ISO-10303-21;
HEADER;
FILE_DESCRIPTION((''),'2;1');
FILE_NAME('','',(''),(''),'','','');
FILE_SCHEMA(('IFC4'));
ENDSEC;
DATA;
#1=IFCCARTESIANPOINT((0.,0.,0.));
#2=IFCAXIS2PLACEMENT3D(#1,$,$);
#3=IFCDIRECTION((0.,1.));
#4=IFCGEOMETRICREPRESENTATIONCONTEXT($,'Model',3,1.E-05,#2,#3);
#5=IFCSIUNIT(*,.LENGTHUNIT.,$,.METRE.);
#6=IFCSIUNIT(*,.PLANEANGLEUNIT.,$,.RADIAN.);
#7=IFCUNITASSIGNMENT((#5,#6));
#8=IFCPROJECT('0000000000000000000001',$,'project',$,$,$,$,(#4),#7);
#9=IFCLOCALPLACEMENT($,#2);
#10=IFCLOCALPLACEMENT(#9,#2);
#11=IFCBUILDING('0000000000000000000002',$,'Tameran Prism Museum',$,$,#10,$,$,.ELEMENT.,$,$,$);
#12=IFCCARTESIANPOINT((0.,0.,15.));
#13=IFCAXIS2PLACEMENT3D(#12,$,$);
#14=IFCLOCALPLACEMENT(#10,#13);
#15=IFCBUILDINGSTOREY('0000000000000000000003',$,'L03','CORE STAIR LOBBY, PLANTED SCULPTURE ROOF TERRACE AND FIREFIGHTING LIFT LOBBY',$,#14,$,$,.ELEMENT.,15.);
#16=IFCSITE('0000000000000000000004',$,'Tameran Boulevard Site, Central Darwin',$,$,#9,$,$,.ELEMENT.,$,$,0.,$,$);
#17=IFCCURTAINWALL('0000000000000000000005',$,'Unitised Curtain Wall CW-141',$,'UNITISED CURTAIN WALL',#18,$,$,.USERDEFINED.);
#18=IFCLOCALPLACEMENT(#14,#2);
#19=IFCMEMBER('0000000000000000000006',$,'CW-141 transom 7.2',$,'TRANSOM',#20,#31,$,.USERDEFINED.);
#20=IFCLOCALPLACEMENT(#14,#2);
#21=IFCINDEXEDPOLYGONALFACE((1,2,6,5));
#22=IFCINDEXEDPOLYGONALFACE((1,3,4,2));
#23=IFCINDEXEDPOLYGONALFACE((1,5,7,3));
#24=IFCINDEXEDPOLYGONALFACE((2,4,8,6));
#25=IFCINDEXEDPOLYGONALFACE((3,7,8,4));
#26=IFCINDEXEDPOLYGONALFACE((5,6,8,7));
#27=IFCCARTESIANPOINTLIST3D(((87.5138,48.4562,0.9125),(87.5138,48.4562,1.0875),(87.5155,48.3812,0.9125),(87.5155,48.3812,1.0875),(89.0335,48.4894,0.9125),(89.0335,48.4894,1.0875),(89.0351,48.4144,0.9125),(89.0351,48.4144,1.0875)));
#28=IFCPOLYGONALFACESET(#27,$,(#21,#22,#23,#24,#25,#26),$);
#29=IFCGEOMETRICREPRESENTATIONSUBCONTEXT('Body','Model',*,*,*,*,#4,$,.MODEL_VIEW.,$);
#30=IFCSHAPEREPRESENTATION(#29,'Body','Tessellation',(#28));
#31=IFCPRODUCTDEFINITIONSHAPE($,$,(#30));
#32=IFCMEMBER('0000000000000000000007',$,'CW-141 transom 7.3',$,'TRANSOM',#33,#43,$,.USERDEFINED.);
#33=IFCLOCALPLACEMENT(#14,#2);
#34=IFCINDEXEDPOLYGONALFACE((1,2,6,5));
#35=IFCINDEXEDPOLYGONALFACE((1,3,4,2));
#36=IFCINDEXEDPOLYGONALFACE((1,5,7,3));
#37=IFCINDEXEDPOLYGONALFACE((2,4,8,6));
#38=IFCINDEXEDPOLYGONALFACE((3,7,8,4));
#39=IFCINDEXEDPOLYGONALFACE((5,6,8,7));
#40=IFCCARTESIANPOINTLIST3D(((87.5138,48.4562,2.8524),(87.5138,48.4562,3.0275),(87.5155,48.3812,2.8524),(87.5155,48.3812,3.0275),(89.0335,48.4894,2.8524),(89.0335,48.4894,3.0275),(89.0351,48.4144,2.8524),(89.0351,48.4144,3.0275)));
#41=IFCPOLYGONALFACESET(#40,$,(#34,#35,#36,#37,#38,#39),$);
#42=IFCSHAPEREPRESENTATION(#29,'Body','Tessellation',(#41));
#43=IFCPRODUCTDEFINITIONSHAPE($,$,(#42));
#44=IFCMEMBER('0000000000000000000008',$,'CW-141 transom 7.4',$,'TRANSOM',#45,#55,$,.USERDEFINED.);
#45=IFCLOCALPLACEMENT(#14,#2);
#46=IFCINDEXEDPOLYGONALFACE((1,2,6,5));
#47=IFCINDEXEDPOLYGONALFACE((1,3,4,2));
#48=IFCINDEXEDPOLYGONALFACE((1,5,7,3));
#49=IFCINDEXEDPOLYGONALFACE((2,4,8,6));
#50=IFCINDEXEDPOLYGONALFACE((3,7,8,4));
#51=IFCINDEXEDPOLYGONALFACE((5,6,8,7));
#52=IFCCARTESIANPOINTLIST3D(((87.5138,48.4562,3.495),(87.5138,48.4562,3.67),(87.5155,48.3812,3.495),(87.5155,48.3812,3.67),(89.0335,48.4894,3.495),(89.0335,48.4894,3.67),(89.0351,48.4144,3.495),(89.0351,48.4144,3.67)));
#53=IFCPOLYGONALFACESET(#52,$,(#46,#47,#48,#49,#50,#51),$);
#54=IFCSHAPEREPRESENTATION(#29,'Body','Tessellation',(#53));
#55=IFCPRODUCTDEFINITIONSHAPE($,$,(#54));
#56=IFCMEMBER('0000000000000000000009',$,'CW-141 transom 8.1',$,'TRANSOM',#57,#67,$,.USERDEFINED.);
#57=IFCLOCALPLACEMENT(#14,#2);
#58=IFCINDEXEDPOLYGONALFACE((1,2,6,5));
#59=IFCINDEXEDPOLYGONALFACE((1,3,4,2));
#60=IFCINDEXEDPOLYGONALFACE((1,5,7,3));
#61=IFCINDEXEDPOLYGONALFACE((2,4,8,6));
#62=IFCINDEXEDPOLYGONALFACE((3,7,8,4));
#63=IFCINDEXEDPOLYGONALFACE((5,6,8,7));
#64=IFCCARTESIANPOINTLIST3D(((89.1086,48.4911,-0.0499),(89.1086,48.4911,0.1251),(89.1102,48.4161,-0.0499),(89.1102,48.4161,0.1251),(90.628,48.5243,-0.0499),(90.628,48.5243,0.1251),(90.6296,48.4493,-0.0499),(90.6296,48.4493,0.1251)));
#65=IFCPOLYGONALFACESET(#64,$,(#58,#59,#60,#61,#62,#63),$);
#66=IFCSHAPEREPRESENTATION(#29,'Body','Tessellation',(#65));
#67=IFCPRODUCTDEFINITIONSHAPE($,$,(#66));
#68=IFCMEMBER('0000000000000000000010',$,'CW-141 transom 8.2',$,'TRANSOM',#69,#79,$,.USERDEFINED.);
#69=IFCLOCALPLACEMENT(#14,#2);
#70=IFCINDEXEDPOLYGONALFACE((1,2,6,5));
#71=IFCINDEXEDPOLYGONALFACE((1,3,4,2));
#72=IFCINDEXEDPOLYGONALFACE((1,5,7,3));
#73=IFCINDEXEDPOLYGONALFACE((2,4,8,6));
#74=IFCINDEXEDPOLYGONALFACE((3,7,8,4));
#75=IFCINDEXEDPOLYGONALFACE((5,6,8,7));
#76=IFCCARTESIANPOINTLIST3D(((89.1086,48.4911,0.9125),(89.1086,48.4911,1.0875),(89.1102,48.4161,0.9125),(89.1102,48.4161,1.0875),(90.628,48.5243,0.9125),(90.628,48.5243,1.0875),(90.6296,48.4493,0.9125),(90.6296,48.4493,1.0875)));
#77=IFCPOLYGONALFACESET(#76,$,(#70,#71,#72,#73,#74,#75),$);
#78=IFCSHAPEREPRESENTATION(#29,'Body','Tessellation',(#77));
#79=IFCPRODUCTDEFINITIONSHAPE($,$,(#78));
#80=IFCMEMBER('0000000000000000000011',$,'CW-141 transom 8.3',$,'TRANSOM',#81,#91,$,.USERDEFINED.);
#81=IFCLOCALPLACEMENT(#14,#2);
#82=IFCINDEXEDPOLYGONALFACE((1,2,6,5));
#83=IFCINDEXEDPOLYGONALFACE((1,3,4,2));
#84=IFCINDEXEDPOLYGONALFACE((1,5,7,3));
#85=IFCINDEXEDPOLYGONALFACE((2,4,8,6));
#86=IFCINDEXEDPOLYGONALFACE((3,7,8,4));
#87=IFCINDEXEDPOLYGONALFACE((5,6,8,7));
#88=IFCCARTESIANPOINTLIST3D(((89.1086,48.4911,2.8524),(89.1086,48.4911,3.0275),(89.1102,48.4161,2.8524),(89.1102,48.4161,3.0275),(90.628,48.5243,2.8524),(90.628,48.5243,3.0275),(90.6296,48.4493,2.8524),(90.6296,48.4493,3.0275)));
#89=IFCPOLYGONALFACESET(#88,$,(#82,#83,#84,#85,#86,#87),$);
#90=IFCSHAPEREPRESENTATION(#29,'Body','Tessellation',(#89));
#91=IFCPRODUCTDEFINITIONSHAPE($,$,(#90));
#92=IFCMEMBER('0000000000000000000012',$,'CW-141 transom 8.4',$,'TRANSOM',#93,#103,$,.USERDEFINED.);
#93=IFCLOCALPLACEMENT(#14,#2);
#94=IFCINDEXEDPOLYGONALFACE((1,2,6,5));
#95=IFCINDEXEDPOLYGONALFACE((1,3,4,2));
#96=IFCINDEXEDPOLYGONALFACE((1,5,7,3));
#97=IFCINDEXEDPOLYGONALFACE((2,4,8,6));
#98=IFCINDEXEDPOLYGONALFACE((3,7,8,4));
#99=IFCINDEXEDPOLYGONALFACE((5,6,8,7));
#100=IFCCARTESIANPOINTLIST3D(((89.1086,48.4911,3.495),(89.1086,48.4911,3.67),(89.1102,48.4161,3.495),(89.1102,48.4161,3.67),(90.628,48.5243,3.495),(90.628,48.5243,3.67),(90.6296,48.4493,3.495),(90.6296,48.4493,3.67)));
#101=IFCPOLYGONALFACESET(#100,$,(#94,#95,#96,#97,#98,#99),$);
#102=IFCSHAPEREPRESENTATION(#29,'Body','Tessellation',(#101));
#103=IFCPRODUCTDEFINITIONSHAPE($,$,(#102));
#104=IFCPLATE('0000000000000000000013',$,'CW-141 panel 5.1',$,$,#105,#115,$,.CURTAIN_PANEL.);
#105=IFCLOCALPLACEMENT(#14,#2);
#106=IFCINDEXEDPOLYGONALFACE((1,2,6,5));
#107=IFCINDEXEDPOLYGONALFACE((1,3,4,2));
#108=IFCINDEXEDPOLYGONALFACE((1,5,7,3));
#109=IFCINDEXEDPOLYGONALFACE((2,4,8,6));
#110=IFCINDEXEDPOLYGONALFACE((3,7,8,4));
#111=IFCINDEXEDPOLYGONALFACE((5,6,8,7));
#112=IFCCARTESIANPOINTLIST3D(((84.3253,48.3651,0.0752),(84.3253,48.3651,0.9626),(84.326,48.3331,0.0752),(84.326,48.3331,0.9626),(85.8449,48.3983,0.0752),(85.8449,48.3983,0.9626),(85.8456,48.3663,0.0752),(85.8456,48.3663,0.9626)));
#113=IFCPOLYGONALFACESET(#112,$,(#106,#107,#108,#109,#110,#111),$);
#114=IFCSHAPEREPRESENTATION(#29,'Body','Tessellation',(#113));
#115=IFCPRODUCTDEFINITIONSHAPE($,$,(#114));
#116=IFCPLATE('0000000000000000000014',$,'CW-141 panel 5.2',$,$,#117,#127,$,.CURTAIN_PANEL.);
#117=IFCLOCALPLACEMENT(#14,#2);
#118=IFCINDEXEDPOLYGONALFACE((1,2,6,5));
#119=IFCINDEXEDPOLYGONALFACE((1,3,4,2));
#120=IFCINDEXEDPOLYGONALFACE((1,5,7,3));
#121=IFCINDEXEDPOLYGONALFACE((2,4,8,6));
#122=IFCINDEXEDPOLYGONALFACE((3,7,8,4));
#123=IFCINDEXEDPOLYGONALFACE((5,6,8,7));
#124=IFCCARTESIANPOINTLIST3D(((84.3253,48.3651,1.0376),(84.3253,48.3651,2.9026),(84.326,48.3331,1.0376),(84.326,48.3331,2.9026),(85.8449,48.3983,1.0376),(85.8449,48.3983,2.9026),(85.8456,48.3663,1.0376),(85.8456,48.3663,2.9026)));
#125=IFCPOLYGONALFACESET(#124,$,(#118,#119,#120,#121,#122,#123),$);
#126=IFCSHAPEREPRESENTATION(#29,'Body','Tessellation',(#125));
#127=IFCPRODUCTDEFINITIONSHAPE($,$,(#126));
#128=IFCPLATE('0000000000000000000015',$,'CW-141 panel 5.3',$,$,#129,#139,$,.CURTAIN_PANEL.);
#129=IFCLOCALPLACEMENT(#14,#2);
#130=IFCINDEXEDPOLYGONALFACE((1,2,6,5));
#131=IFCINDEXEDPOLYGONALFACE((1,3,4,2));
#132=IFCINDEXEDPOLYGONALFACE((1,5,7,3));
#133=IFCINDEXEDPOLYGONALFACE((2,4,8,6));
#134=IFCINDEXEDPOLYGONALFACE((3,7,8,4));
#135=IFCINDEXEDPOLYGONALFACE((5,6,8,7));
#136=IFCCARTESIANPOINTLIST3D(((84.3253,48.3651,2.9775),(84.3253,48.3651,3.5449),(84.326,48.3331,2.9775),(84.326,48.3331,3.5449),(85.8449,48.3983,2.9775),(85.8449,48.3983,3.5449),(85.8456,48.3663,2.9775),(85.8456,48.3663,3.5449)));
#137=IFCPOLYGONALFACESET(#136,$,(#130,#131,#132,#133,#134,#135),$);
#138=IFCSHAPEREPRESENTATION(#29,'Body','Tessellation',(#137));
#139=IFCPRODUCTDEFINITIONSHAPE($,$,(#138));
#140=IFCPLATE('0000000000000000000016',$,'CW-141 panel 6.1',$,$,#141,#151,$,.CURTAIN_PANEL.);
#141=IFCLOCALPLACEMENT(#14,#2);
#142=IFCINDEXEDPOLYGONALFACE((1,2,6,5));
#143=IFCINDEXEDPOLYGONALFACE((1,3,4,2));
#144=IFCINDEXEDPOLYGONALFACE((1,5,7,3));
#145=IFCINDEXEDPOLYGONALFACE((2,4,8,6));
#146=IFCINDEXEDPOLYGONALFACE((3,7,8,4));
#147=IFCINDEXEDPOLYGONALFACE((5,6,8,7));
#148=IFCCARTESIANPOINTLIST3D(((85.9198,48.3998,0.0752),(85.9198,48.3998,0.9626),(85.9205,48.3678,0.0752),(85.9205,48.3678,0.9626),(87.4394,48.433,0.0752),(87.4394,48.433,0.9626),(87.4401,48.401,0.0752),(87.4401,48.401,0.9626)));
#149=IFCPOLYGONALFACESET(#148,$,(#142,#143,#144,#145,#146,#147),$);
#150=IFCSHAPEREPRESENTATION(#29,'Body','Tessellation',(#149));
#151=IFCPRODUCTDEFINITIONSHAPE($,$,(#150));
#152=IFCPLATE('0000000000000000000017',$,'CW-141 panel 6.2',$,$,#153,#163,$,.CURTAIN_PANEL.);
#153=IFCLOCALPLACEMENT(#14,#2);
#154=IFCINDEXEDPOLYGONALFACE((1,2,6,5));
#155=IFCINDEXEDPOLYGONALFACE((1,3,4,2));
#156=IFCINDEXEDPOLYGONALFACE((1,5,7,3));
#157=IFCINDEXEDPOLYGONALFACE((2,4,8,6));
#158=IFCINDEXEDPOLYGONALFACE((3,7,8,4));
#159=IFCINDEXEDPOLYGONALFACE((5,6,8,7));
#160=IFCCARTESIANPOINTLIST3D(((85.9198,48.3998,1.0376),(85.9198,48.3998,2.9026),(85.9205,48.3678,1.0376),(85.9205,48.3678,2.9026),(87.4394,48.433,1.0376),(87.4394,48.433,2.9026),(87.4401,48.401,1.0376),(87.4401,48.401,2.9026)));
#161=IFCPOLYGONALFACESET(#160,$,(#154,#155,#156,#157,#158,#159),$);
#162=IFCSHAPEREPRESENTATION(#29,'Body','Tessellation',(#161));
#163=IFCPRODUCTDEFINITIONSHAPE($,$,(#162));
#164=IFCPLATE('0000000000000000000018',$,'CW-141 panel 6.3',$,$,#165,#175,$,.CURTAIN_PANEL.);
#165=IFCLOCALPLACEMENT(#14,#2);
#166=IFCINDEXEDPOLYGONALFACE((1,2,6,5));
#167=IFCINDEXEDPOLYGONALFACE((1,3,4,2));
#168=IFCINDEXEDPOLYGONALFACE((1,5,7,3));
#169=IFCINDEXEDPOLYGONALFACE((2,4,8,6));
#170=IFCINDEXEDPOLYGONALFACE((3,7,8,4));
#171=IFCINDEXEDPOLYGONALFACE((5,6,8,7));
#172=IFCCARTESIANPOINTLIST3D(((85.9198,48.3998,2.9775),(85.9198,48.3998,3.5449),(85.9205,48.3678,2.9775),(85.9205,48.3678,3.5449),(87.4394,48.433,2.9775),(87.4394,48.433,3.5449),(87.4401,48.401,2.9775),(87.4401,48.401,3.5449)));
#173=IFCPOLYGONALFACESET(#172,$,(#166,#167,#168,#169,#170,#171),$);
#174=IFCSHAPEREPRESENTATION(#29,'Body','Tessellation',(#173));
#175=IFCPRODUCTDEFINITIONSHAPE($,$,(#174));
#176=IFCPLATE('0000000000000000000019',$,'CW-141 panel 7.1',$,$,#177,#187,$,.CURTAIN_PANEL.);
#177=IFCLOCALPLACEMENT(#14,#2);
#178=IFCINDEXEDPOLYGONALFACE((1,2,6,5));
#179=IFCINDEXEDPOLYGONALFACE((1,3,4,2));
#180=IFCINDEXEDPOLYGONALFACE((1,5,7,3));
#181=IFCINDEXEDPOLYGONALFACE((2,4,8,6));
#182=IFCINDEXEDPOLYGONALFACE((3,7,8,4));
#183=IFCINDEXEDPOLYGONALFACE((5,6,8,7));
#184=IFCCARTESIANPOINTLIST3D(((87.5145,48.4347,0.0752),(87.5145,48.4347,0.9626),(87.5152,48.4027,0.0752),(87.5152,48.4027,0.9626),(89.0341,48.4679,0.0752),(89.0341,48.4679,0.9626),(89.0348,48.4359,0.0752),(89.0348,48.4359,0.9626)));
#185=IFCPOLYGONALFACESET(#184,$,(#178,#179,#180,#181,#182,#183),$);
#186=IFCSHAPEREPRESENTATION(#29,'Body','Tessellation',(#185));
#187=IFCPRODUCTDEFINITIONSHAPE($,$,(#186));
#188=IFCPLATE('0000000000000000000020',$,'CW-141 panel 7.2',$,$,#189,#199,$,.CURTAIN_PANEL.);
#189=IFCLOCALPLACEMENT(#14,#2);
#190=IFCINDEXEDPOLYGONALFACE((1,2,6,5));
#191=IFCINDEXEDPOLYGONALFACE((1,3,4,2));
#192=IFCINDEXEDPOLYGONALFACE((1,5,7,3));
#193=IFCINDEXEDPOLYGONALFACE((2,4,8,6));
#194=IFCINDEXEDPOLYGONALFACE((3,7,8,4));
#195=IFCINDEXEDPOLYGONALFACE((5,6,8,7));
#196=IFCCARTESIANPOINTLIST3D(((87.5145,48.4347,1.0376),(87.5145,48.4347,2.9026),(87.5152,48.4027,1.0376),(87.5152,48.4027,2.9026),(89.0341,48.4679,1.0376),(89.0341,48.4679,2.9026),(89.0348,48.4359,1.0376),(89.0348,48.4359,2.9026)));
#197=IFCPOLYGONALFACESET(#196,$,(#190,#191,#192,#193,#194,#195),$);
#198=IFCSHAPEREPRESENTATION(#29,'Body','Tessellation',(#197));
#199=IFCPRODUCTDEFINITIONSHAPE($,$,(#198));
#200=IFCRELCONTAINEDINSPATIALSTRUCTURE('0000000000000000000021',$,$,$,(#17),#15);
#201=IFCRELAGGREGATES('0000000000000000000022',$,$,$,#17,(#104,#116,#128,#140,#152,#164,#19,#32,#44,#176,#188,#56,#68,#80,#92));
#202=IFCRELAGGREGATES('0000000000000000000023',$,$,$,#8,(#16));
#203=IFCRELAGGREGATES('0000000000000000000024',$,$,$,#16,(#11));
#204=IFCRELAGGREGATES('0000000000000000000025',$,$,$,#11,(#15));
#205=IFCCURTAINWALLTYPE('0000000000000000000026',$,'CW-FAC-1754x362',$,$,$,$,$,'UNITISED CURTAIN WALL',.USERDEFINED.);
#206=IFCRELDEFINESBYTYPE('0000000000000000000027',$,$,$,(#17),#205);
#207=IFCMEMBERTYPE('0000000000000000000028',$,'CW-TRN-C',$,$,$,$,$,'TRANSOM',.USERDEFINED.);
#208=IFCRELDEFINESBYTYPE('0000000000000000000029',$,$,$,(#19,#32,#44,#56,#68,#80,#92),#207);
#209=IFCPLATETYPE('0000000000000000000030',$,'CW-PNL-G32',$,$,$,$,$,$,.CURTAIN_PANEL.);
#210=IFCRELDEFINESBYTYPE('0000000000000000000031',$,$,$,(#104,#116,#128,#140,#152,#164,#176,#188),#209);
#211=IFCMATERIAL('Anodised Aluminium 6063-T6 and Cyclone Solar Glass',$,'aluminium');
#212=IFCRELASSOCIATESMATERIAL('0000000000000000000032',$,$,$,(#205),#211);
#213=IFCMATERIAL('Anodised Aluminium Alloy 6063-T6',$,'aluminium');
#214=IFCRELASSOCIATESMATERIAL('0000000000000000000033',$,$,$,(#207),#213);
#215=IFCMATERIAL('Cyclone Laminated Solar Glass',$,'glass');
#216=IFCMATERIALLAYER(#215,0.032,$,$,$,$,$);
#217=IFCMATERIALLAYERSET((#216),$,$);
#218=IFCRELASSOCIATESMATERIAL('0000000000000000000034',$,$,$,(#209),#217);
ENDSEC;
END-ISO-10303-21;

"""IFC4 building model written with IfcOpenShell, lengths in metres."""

from ifc_helpers import new_model, si_unit, direction, frame, origin, origin_2d, place, context, subcontext, project, spatial, rectangle, extrude, material, layer, layer_set, material_profile, profile_set, type_object, element, aggregate, save


model = new_model("IFC4")

# Units and contexts
model_context = context("Model", 3, precision=1e-05, world=origin(), true_north=direction((0.0, 1.0)))
body_context = subcontext(model_context, "Body", "Model", "MODEL_VIEW")
ifc_project = project(units=[si_unit("LENGTHUNIT", "METRE"), si_unit("PLANEANGLEUNIT", "RADIAN")], contexts=[model_context])

# Site, building, storey
site_placement = place(None, origin())
site = spatial("IfcSite", under=ifc_project, at=site_placement, Name="Tameran Boulevard Site, Central Darwin", CompositionType="ELEMENT", RefElevation=0.0)
building_placement = place(site_placement, origin())
building = spatial("IfcBuilding", under=site, at=building_placement, Name="Tameran Prism Museum", CompositionType="ELEMENT")
storey_placement = place(building_placement, frame((0.0, 0.0, 15.0)))
storey = spatial("IfcBuildingStorey", under=building, at=storey_placement, Name="L03", Description="CORE STAIR LOBBY, PLANTED SCULPTURE ROOF TERRACE AND FIREFIGHTING LIFT LOBBY", CompositionType="ELEMENT", Elevation=15.0)

# Curtain wall, members, plates
ifc_material_1 = material(Name="Anodised Aluminium 6063-T6 and Cyclone Solar Glass", Category="aluminium")
curtain_wall_type = type_object("IfcCurtainWallType", Name="CW-FAC-1754x362", ElementType="UNITISED CURTAIN WALL", PredefinedType="USERDEFINED", material=ifc_material_1)
curtain_wall_placement = place(storey_placement, origin())
curtain_wall = element("IfcCurtainWall", 1, at=curtain_wall_placement, inside=storey, type_object=curtain_wall_type, Name="Unitised Curtain Wall CW-141", ObjectType="UNITISED CURTAIN WALL", PredefinedType="USERDEFINED")
ifc_material_2 = material(Name="Anodised Aluminium Alloy 6063-T6", Category="aluminium")
ifc_material_profile_1 = material_profile(ifc_material_2, rectangle(XDim=0.075, YDim=0.175, at=origin_2d()))
ifc_profile_set_1 = profile_set([ifc_material_profile_1])
member_type_1 = type_object("IfcMemberType", Name="CW-TRN-C", ElementType="TRANSOM", PredefinedType="USERDEFINED", material=ifc_profile_set_1)
member_1_placement = place(storey_placement, frame((87.5146, 48.4187, 1.0), z_axis=(0.999761, 0.021842, 0.0), x_axis=(-0.021842, 0.999761, 0.0)))
member_1 = element("IfcMember", 2, at=member_1_placement, type_object=member_type_1, Name="CW-141 transom 7.2", ObjectType="TRANSOM", PredefinedType="USERDEFINED", context=body_context, shape_type="SweptSolid", body=[
    extrude(rectangle(XDim=0.075, YDim=0.175, at=origin_2d()), origin(), (0.0, 0.0, 1.0), 1.52),
])
member_2_placement = place(storey_placement, frame((87.5146, 48.4187, 2.9399), z_axis=(0.999761, 0.021842, 0.0), x_axis=(-0.021842, 0.999761, 0.0)))
member_2 = element("IfcMember", 3, at=member_2_placement, type_object=member_type_1, Name="CW-141 transom 7.3", ObjectType="TRANSOM", PredefinedType="USERDEFINED", context=body_context, shape_type="SweptSolid", body=[
    extrude(rectangle(XDim=0.075, YDim=0.175, at=origin_2d()), origin(), (0.0, 0.0, 1.0), 1.52),
])
member_3_placement = place(storey_placement, frame((87.5146, 48.4187, 3.5825), z_axis=(0.999761, 0.021842, 0.0), x_axis=(-0.021842, 0.999761, 0.0)))
member_3 = element("IfcMember", 4, at=member_3_placement, type_object=member_type_1, Name="CW-141 transom 7.4", ObjectType="TRANSOM", PredefinedType="USERDEFINED", context=body_context, shape_type="SweptSolid", body=[
    extrude(rectangle(XDim=0.075, YDim=0.175, at=origin_2d()), origin(), (0.0, 0.0, 1.0), 1.52),
])
member_4_placement = place(storey_placement, frame((89.1094, 48.4536, 0.0376), z_axis=(0.999761, 0.021846, 0.0), x_axis=(-0.021846, 0.999761, 0.0)))
member_4 = element("IfcMember", 5, at=member_4_placement, type_object=member_type_1, Name="CW-141 transom 8.1", ObjectType="TRANSOM", PredefinedType="USERDEFINED", context=body_context, shape_type="SweptSolid", body=[
    extrude(rectangle(XDim=0.075, YDim=0.175, at=origin_2d()), origin(), (0.0, 0.0, 1.0), 1.5198),
])
member_5_placement = place(storey_placement, frame((89.1094, 48.4536, 1.0), z_axis=(0.999761, 0.021846, 0.0), x_axis=(-0.021846, 0.999761, 0.0)))
member_5 = element("IfcMember", 6, at=member_5_placement, type_object=member_type_1, Name="CW-141 transom 8.2", ObjectType="TRANSOM", PredefinedType="USERDEFINED", context=body_context, shape_type="SweptSolid", body=[
    extrude(rectangle(XDim=0.075, YDim=0.175, at=origin_2d()), origin(), (0.0, 0.0, 1.0), 1.5198),
])
member_6_placement = place(storey_placement, frame((89.1094, 48.4536, 2.9399), z_axis=(0.999761, 0.021846, 0.0), x_axis=(-0.021846, 0.999761, 0.0)))
member_6 = element("IfcMember", 7, at=member_6_placement, type_object=member_type_1, Name="CW-141 transom 8.3", ObjectType="TRANSOM", PredefinedType="USERDEFINED", context=body_context, shape_type="SweptSolid", body=[
    extrude(rectangle(XDim=0.075, YDim=0.175, at=origin_2d()), origin(), (0.0, 0.0, 1.0), 1.5198),
])
member_7_placement = place(storey_placement, frame((89.1094, 48.4536, 3.5825), z_axis=(0.999761, 0.021846, 0.0), x_axis=(-0.021846, 0.999761, 0.0)))
member_7 = element("IfcMember", 8, at=member_7_placement, type_object=member_type_1, Name="CW-141 transom 8.4", ObjectType="TRANSOM", PredefinedType="USERDEFINED", context=body_context, shape_type="SweptSolid", body=[
    extrude(rectangle(XDim=0.075, YDim=0.175, at=origin_2d()), origin(), (0.0, 0.0, 1.0), 1.5198),
])
ifc_material_3 = material(Name="Cyclone Laminated Solar Glass", Category="glass")
ifc_layer_1 = layer(ifc_material_3, 0.032)
ifc_layer_set_1 = layer_set([ifc_layer_1])
plate_type = type_object("IfcPlateType", Name="CW-PNL-G32", PredefinedType="CURTAIN_PANEL", material=ifc_layer_set_1)
plate_1_placement = place(storey_placement, frame((85.0854, 48.3657, 0.0752), z_axis=(0.0, 0.0, 1.0), x_axis=(0.999762, 0.021831, 0.0)))
plate_1 = element("IfcPlate", 9, at=plate_1_placement, type_object=plate_type, Name="CW-141 panel 5.1", PredefinedType="CURTAIN_PANEL", context=body_context, shape_type="SweptSolid", body=[
    extrude(rectangle(XDim=1.52, YDim=0.032, at=origin_2d()), origin(), (0.0, 0.0, 1.0), 0.8875),
])
plate_2_placement = place(storey_placement, frame((85.0854, 48.3657, 1.0376), z_axis=(0.0, 0.0, 1.0), x_axis=(0.999762, 0.021831, 0.0)))
plate_2 = element("IfcPlate", 10, at=plate_2_placement, type_object=plate_type, Name="CW-141 panel 5.2", PredefinedType="CURTAIN_PANEL", context=body_context, shape_type="SweptSolid", body=[
    extrude(rectangle(XDim=1.52, YDim=0.032, at=origin_2d()), origin(), (0.0, 0.0, 1.0), 1.865),
])
plate_3_placement = place(storey_placement, frame((85.0854, 48.3657, 2.9775), z_axis=(0.0, 0.0, 1.0), x_axis=(0.999762, 0.021831, 0.0)))
plate_3 = element("IfcPlate", 11, at=plate_3_placement, type_object=plate_type, Name="CW-141 panel 5.3", PredefinedType="CURTAIN_PANEL", context=body_context, shape_type="SweptSolid", body=[
    extrude(rectangle(XDim=1.52, YDim=0.032, at=origin_2d()), origin(), (0.0, 0.0, 1.0), 0.5674),
])
plate_4_placement = place(storey_placement, frame((86.6799, 48.4004, 0.0752), z_axis=(0.0, 0.0, 1.0), x_axis=(0.999762, 0.021831, 0.0)))
plate_4 = element("IfcPlate", 12, at=plate_4_placement, type_object=plate_type, Name="CW-141 panel 6.1", PredefinedType="CURTAIN_PANEL", context=body_context, shape_type="SweptSolid", body=[
    extrude(rectangle(XDim=1.52, YDim=0.032, at=origin_2d()), origin(), (0.0, 0.0, 1.0), 0.8875),
])
plate_5_placement = place(storey_placement, frame((86.6799, 48.4004, 1.0376), z_axis=(0.0, 0.0, 1.0), x_axis=(0.999762, 0.021831, 0.0)))
plate_5 = element("IfcPlate", 13, at=plate_5_placement, type_object=plate_type, Name="CW-141 panel 6.2", PredefinedType="CURTAIN_PANEL", context=body_context, shape_type="SweptSolid", body=[
    extrude(rectangle(XDim=1.52, YDim=0.032, at=origin_2d()), origin(), (0.0, 0.0, 1.0), 1.865),
])
plate_6_placement = place(storey_placement, frame((86.6799, 48.4004, 2.9775), z_axis=(0.0, 0.0, 1.0), x_axis=(0.999762, 0.021831, 0.0)))
plate_6 = element("IfcPlate", 14, at=plate_6_placement, type_object=plate_type, Name="CW-141 panel 6.3", PredefinedType="CURTAIN_PANEL", context=body_context, shape_type="SweptSolid", body=[
    extrude(rectangle(XDim=1.52, YDim=0.032, at=origin_2d()), origin(), (0.0, 0.0, 1.0), 0.5674),
])
plate_7_placement = place(storey_placement, frame((88.2747, 48.4353, 0.0752), z_axis=(0.0, 0.0, 1.0), x_axis=(0.999762, 0.021831, 0.0)))
plate_7 = element("IfcPlate", 15, at=plate_7_placement, type_object=plate_type, Name="CW-141 panel 7.1", PredefinedType="CURTAIN_PANEL", context=body_context, shape_type="SweptSolid", body=[
    extrude(rectangle(XDim=1.52, YDim=0.032, at=origin_2d()), origin(), (0.0, 0.0, 1.0), 0.8875),
])
plate_8_placement = place(storey_placement, frame((88.2747, 48.4353, 1.0376), z_axis=(0.0, 0.0, 1.0), x_axis=(0.999762, 0.021831, 0.0)))
plate_8 = element("IfcPlate", 16, at=plate_8_placement, type_object=plate_type, Name="CW-141 panel 7.2", PredefinedType="CURTAIN_PANEL", context=body_context, shape_type="SweptSolid", body=[
    extrude(rectangle(XDim=1.52, YDim=0.032, at=origin_2d()), origin(), (0.0, 0.0, 1.0), 1.865),
])
aggregate(curtain_wall, [plate_1, plate_2, plate_3, plate_4, plate_5, plate_6, member_1, member_2, member_3, plate_7, plate_8, member_4, member_5, member_6, member_7])

save(model, "model.ifc")
